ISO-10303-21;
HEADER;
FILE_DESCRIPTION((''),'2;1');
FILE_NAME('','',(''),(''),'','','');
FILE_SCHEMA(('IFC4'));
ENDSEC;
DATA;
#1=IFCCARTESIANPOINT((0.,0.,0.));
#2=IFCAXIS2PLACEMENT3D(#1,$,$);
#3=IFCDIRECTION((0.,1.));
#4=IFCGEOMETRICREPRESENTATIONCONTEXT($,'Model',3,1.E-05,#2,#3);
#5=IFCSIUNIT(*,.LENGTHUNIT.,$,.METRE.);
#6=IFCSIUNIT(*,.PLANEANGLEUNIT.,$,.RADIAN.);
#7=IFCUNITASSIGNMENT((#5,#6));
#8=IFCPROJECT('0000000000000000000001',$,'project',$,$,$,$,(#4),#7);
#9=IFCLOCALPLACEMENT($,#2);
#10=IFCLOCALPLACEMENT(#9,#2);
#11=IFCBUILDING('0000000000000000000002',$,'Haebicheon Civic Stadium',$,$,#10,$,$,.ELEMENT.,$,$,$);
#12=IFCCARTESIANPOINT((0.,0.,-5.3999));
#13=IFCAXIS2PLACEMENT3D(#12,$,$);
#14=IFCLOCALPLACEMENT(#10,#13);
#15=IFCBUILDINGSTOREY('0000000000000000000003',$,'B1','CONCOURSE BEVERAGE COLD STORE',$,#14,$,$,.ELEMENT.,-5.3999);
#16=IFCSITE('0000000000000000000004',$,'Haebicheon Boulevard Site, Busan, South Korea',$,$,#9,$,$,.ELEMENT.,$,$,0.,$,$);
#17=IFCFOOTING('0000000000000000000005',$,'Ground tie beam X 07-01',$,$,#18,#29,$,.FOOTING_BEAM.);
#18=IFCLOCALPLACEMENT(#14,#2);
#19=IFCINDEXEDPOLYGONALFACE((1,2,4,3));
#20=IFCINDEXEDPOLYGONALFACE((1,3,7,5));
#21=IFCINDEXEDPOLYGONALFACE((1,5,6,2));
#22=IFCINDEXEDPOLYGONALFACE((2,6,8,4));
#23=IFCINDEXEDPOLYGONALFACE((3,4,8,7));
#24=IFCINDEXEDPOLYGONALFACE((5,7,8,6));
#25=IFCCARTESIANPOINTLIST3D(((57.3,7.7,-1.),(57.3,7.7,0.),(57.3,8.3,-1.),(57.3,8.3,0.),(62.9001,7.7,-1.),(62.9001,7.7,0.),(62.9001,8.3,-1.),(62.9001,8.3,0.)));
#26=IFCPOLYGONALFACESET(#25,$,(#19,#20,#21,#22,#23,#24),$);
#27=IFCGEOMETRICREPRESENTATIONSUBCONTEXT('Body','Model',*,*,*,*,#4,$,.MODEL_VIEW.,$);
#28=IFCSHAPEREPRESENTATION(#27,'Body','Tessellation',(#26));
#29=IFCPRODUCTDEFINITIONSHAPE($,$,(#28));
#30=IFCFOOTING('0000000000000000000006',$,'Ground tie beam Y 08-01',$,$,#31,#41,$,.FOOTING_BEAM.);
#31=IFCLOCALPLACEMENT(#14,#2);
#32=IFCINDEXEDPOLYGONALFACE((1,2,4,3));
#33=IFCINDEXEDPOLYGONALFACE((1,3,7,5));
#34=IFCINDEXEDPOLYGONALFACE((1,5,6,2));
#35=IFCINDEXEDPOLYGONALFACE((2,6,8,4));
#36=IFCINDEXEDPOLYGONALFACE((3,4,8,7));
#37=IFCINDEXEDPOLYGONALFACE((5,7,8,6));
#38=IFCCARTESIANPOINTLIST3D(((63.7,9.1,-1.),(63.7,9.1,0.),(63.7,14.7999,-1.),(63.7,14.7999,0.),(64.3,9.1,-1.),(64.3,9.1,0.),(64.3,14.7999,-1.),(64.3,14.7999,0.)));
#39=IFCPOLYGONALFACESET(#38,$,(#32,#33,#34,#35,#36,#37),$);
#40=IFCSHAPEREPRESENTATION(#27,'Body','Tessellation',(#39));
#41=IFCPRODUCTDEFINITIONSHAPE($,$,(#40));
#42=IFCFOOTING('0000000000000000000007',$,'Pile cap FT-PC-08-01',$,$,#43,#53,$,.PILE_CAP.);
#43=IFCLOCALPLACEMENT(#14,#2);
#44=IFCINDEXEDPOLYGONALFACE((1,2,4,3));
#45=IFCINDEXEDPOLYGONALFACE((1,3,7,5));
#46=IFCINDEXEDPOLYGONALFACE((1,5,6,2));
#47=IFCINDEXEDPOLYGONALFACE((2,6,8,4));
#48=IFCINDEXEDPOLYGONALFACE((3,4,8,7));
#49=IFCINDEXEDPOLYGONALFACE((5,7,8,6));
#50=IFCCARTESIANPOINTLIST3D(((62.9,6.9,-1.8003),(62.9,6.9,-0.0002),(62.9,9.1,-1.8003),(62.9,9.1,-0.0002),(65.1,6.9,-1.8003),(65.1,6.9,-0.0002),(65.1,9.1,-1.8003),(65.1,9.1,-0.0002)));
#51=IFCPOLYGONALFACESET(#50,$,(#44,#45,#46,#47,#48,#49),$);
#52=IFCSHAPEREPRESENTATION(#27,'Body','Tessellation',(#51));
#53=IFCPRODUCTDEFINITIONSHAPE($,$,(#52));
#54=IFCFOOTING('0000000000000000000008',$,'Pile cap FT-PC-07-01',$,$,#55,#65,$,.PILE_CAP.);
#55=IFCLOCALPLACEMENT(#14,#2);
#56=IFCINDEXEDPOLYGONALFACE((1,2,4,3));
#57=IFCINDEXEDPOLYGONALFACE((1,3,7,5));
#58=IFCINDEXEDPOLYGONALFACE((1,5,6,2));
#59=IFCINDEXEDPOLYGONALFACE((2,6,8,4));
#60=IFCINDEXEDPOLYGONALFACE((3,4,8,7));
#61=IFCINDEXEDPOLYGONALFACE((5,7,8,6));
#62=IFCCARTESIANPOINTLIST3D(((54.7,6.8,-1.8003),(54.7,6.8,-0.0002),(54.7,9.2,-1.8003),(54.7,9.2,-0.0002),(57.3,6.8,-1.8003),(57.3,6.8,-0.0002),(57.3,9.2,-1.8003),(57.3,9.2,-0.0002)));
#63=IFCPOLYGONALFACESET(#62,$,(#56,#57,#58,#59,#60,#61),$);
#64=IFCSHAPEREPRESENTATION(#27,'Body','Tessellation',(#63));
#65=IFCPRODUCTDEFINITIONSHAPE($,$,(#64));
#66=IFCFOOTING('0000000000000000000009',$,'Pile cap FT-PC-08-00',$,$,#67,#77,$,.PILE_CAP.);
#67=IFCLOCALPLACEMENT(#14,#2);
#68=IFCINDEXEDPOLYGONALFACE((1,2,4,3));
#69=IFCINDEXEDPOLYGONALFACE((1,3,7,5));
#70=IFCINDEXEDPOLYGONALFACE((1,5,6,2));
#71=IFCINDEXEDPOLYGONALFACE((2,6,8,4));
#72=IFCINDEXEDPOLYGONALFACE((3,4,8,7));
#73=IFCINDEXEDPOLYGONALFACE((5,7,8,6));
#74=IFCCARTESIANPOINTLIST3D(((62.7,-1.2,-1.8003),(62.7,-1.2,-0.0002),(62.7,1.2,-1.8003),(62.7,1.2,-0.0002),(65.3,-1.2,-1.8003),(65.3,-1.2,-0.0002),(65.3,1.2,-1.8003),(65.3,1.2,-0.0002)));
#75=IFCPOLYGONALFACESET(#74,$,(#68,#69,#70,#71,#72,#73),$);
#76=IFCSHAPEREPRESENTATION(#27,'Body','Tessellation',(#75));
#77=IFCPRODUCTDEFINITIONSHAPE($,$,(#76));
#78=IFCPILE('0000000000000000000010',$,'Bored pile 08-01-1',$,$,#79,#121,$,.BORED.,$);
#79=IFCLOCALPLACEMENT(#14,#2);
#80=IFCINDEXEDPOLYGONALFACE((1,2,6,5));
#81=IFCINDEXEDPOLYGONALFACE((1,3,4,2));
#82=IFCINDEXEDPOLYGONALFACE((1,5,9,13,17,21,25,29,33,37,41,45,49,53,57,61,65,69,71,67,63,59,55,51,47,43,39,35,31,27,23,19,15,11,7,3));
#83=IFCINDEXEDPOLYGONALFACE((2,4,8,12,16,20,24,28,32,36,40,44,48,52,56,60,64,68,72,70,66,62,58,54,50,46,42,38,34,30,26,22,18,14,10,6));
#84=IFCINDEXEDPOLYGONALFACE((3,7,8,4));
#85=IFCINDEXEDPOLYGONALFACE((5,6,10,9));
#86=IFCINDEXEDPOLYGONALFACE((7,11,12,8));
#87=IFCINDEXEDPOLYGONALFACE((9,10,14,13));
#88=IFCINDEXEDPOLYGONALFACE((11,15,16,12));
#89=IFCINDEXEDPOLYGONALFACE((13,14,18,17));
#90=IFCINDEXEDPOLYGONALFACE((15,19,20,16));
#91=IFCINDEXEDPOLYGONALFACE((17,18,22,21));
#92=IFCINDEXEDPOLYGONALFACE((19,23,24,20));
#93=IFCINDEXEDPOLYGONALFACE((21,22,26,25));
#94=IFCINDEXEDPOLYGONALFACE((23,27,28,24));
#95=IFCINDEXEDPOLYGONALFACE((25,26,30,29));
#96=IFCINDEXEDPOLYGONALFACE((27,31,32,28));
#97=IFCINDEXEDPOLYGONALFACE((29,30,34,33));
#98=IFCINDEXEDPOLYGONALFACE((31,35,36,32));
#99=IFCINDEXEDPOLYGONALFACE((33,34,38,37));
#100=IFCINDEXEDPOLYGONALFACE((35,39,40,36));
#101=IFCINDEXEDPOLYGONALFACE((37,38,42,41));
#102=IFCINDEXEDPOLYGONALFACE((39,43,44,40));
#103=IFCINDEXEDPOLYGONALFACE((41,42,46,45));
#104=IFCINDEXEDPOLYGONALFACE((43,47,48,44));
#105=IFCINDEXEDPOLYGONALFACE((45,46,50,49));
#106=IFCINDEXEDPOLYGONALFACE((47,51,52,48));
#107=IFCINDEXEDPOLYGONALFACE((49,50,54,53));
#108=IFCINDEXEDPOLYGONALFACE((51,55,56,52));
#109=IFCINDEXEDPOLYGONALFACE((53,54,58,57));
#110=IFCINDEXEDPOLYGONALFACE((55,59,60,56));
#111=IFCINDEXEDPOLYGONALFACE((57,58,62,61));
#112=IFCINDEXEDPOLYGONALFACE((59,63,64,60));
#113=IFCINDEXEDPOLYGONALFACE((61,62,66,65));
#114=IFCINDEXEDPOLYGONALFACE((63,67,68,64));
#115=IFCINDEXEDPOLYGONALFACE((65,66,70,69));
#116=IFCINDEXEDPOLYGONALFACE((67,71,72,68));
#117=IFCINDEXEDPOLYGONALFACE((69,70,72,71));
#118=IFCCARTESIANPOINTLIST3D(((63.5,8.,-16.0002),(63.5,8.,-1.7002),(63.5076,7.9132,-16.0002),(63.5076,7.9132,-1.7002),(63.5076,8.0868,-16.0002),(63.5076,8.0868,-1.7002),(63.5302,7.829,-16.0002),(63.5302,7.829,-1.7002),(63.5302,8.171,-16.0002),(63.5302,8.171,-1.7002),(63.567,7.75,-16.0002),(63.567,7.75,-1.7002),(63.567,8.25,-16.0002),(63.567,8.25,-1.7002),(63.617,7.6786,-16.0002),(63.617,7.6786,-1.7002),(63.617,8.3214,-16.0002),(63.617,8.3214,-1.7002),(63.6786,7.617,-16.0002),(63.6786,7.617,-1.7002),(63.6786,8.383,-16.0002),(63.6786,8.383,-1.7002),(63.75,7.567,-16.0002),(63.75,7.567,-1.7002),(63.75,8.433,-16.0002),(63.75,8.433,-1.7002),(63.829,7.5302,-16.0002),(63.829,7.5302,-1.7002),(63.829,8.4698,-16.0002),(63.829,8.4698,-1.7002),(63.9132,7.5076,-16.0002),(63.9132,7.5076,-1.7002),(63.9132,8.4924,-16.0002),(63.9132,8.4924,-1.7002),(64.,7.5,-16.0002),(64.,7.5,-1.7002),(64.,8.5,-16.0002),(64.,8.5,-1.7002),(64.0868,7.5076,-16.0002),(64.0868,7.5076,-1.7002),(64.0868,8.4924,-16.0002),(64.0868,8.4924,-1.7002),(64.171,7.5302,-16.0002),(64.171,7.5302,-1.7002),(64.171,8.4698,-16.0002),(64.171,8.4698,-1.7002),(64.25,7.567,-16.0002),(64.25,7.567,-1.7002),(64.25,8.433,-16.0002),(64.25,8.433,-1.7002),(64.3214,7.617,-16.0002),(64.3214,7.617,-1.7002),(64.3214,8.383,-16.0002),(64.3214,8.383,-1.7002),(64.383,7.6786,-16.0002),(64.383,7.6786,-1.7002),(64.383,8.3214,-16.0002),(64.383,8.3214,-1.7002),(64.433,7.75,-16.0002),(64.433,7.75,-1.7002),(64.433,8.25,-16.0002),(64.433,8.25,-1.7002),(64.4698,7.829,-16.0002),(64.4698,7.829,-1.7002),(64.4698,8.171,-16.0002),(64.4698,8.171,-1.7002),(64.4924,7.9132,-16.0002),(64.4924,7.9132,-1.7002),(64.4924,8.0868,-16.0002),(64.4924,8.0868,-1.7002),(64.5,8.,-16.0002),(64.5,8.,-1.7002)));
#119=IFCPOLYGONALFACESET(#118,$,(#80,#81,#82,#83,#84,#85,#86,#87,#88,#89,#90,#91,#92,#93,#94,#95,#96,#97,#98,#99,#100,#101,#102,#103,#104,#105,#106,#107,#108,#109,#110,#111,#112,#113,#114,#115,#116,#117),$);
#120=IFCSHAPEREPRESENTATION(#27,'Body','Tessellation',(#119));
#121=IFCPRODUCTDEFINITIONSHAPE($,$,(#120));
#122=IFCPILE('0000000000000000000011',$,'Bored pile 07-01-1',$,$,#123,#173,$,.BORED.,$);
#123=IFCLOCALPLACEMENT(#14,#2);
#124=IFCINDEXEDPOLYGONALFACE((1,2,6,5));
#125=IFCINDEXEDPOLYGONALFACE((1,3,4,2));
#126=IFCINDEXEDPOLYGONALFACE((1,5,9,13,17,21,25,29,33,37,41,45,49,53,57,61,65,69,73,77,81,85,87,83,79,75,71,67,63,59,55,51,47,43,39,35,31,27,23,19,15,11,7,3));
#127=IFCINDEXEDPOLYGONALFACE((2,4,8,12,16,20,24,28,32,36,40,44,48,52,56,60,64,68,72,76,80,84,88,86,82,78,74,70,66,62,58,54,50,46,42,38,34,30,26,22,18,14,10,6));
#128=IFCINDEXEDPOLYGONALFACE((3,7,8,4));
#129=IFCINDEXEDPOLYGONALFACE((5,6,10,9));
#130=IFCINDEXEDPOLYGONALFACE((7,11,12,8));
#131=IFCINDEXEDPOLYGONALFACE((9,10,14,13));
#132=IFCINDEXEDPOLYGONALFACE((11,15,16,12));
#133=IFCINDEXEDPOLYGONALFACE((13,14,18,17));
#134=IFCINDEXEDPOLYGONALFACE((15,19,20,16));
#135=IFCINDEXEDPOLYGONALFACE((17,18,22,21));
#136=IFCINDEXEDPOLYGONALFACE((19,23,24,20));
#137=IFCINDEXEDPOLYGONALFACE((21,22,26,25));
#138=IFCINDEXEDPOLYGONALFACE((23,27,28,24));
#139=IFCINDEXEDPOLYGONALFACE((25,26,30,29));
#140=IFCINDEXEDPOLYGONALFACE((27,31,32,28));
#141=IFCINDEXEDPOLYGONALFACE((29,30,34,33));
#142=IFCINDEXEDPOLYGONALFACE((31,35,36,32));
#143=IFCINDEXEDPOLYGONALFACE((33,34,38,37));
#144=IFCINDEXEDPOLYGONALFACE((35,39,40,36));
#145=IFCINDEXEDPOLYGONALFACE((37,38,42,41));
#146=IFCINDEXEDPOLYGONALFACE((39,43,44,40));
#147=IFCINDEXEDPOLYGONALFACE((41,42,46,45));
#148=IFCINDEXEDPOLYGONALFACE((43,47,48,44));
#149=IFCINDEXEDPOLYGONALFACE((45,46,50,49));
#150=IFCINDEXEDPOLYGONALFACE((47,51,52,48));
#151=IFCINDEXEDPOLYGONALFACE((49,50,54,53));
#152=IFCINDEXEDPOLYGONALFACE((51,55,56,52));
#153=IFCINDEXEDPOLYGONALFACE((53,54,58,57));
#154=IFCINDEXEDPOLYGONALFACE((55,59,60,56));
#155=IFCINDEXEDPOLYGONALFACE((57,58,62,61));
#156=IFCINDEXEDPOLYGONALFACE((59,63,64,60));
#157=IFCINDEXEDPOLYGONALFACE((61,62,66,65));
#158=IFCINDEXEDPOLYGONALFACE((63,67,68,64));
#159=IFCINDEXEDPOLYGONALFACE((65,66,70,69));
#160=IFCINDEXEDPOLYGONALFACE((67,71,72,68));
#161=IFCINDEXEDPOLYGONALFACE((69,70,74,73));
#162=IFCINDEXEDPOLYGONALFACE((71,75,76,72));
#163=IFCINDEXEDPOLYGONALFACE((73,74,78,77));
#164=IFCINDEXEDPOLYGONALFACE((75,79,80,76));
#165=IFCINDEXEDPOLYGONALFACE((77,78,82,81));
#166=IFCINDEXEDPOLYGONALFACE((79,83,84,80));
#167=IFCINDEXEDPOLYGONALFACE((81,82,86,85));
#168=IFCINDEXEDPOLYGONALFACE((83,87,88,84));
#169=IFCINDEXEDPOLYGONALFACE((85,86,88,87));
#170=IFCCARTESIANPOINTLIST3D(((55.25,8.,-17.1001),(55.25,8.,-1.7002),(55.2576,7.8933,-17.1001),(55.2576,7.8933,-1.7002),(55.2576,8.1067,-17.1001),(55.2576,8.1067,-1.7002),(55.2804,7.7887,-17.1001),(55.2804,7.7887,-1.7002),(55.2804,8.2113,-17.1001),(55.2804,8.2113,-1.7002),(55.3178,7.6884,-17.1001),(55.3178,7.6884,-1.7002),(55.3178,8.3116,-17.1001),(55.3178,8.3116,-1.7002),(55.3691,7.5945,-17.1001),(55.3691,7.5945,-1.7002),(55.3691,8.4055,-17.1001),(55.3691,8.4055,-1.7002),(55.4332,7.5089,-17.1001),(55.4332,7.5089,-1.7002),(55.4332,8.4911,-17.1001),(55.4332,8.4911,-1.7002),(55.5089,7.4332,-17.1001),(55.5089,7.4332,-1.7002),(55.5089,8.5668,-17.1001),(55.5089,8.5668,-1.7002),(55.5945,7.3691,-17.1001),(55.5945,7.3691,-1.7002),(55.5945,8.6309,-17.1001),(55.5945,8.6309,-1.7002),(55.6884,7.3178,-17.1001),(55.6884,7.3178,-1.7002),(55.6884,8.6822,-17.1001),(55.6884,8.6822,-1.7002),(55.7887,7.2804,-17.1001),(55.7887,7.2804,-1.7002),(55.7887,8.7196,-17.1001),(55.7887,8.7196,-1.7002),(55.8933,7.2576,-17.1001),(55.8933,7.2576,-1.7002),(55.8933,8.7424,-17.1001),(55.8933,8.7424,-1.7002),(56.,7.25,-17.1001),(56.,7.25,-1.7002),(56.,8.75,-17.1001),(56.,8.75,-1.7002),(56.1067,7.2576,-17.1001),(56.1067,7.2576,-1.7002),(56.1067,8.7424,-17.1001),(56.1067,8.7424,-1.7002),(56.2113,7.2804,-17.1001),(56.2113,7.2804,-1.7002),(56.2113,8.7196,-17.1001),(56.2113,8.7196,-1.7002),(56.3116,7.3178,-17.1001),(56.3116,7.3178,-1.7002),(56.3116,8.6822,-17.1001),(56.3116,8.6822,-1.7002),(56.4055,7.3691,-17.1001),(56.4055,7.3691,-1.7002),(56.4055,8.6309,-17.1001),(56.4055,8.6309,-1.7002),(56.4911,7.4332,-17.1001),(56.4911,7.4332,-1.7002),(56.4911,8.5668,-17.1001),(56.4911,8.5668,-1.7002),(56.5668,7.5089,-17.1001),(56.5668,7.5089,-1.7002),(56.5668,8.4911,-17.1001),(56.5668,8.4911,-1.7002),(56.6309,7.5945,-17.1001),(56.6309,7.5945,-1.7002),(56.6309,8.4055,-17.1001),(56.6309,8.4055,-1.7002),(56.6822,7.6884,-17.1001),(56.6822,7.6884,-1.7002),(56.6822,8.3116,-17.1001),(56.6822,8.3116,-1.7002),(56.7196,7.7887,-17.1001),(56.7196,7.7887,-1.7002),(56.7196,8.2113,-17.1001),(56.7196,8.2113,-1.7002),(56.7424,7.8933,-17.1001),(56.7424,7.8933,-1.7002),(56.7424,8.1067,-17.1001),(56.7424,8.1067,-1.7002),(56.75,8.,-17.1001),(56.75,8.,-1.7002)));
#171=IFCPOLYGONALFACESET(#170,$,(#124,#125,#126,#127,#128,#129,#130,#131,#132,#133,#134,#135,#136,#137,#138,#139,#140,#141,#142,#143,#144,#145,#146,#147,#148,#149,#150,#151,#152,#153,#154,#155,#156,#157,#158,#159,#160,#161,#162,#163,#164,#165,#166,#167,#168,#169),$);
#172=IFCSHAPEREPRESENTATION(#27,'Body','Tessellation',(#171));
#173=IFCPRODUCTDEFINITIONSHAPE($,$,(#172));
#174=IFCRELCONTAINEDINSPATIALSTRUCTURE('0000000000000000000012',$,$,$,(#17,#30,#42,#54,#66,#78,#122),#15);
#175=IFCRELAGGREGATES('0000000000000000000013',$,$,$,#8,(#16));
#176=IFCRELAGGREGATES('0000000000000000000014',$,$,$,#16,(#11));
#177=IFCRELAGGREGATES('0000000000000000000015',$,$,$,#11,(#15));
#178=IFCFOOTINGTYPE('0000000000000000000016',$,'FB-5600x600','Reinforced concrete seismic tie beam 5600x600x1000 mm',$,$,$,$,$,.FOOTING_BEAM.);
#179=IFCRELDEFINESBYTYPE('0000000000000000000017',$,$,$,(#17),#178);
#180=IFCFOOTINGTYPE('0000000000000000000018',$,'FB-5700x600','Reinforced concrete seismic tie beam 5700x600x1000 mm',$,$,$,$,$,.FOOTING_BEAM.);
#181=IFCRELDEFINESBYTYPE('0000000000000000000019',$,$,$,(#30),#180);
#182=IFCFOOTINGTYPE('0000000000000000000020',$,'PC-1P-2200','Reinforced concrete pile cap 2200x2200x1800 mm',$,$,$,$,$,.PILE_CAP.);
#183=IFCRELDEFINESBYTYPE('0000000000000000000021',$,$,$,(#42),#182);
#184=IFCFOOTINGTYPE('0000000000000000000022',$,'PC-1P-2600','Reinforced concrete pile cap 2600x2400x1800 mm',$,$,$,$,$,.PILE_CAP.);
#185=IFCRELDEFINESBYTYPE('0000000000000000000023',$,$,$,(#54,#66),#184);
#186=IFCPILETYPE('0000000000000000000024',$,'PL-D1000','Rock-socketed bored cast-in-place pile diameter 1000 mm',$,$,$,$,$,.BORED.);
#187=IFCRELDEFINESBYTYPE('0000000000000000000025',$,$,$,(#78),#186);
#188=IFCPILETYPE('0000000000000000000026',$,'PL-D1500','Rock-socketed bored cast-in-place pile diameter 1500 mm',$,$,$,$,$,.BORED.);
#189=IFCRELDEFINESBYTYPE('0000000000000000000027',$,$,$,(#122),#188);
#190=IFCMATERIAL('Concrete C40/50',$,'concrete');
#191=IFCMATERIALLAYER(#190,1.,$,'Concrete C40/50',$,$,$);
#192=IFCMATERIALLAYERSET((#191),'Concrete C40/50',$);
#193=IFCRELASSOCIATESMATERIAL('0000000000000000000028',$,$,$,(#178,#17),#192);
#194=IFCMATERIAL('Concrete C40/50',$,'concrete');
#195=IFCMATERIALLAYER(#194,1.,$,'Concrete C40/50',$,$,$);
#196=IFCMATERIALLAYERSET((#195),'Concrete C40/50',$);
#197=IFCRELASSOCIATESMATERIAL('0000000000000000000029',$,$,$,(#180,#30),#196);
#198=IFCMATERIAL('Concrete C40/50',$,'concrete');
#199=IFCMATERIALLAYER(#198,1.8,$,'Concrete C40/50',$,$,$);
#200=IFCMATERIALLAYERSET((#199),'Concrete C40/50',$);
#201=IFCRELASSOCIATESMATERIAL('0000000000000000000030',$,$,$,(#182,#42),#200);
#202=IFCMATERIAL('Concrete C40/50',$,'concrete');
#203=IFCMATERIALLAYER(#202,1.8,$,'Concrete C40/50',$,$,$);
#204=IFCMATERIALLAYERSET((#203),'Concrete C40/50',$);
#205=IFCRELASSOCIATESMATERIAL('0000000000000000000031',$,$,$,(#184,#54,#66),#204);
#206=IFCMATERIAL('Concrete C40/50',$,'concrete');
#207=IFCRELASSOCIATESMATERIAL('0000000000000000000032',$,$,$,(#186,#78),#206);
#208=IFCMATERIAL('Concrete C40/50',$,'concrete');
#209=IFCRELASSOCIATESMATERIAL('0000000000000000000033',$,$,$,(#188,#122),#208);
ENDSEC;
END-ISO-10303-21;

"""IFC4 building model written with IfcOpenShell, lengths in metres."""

from ifc_helpers import new_model, si_unit, direction, frame, origin, origin_2d, place, context, subcontext, project, spatial, rectangle, circle, extrude, material, layer, layer_set, material_profile, profile_set, type_object, element, save


model = new_model("IFC4")

# Units and contexts
model_context = context("Model", 3, precision=1e-05, world=origin(), true_north=direction((0.0, 1.0)))
body_context = subcontext(model_context, "Body", "Model", "MODEL_VIEW")
ifc_project = project(units=[si_unit("LENGTHUNIT", "METRE"), si_unit("PLANEANGLEUNIT", "RADIAN")], contexts=[model_context])

# Site, building, storey
site_placement = place(None, origin())
site = spatial("IfcSite", under=ifc_project, at=site_placement, Name="Haebicheon Boulevard Site, Busan, South Korea", CompositionType="ELEMENT", RefElevation=0.0)
building_placement = place(site_placement, origin())
building = spatial("IfcBuilding", under=site, at=building_placement, Name="Haebicheon Civic Stadium", CompositionType="ELEMENT")
storey_placement = place(building_placement, frame((0.0, 0.0, -5.3999)))
storey = spatial("IfcBuildingStorey", under=building, at=storey_placement, Name="B1", Description="CONCOURSE BEVERAGE COLD STORE", CompositionType="ELEMENT", Elevation=-5.3999)

# Footings
ifc_material_1 = material(Name="Concrete C40/50", Category="concrete")
ifc_layer_1 = layer(ifc_material_1, 1.0, Name="Concrete C40/50")
ifc_layer_set_1 = layer_set([ifc_layer_1], Name="Concrete C40/50")
footing_type_1 = type_object("IfcFootingType", Name="FB-5600x600", Description="Reinforced concrete seismic tie beam 5600x600x1000 mm", PredefinedType="FOOTING_BEAM", material=ifc_layer_set_1)
footing_1_placement = place(storey_placement, frame((60.1001, 8.0, -1.0), z_axis=(0.0, 0.0, 1.0), x_axis=(1.0, 0.0, 0.0)))
element("IfcFooting", 1, at=footing_1_placement, inside=storey, type_object=footing_type_1, material=ifc_layer_set_1, Name="Ground tie beam X 07-01", PredefinedType="FOOTING_BEAM", context=body_context, shape_type="SweptSolid", body=[
    extrude(rectangle(XDim=5.6001, YDim=0.6001, at=origin_2d()), origin(), (0.0, 0.0, 1.0), 1.0),
])
ifc_material_2 = material(Name="Concrete C40/50", Category="concrete")
ifc_layer_2 = layer(ifc_material_2, 1.0, Name="Concrete C40/50")
ifc_layer_set_2 = layer_set([ifc_layer_2], Name="Concrete C40/50")
footing_type_2 = type_object("IfcFootingType", Name="FB-5700x600", Description="Reinforced concrete seismic tie beam 5700x600x1000 mm", PredefinedType="FOOTING_BEAM", material=ifc_layer_set_2)
footing_2_placement = place(storey_placement, frame((64.0, 11.95, -1.0), z_axis=(0.0, 0.0, 1.0), x_axis=(0.0, 1.0, 0.0)))
element("IfcFooting", 2, at=footing_2_placement, inside=storey, type_object=footing_type_2, material=ifc_layer_set_2, Name="Ground tie beam Y 08-01", PredefinedType="FOOTING_BEAM", context=body_context, shape_type="SweptSolid", body=[
    extrude(rectangle(XDim=5.7, YDim=0.6001, at=origin_2d()), origin(), (0.0, 0.0, 1.0), 1.0),
])
ifc_material_3 = material(Name="Concrete C40/50", Category="concrete")
ifc_layer_3 = layer(ifc_material_3, 1.8, Name="Concrete C40/50")
ifc_layer_set_3 = layer_set([ifc_layer_3], Name="Concrete C40/50")
footing_type_3 = type_object("IfcFootingType", Name="PC-1P-2200", Description="Reinforced concrete pile cap 2200x2200x1800 mm", PredefinedType="PILE_CAP", material=ifc_layer_set_3)
footing_3_placement = place(storey_placement, frame((64.0, 8.0, -1.8003), z_axis=(0.0, 0.0, 1.0), x_axis=(1.0, 0.0, 0.0)))
element("IfcFooting", 3, at=footing_3_placement, inside=storey, type_object=footing_type_3, material=ifc_layer_set_3, Name="Pile cap FT-PC-08-01", PredefinedType="PILE_CAP", context=body_context, shape_type="SweptSolid", body=[
    extrude(rectangle(XDim=2.2, YDim=2.2, at=origin_2d()), origin(), (0.0, 0.0, 1.0), 1.8),
])
ifc_material_4 = material(Name="Concrete C40/50", Category="concrete")
ifc_layer_4 = layer(ifc_material_4, 1.8, Name="Concrete C40/50")
ifc_layer_set_4 = layer_set([ifc_layer_4], Name="Concrete C40/50")
footing_type_4 = type_object("IfcFootingType", Name="PC-1P-2600", Description="Reinforced concrete pile cap 2600x2400x1800 mm", PredefinedType="PILE_CAP", material=ifc_layer_set_4)
for number, where, z_axis, x_axis, name in (
    (4, (56.0, 8.0, -1.8003), (0.0, 0.0, 1.0), (1.0, 0.0, 0.0), "Pile cap FT-PC-07-01"),
    (5, (64.0, 0.0, -1.8003), (0.0, 0.0, 1.0), (1.0, 0.0, 0.0), "Pile cap FT-PC-08-00"),
):
    element("IfcFooting", number, at=place(storey_placement, frame(where, z_axis=z_axis, x_axis=x_axis)), inside=storey, type_object=footing_type_4, material=ifc_layer_set_4, Name=name, PredefinedType="PILE_CAP", context=body_context, shape_type="SweptSolid", body=[
        extrude(rectangle(XDim=2.6001, YDim=2.3999, at=origin_2d()), origin(), (0.0, 0.0, 1.0), 1.8),
    ])

# Piles
ifc_material_5 = material(Name="Concrete C40/50", Category="concrete")
ifc_material_profile_1 = material_profile(ifc_material_5, circle(Radius=0.5, at=origin_2d()), Name="PILE-D1000")
ifc_profile_set_1 = profile_set([ifc_material_profile_1], Name="Concrete C40/50")
pile_type_1 = type_object("IfcPileType", Name="PL-D1000", Description="Rock-socketed bored cast-in-place pile diameter 1000 mm", PredefinedType="BORED", material=ifc_profile_set_1)
pile_placement = place(storey_placement, frame((64.0, 8.0, -1.7002), z_axis=(0.0, 0.0, -1.0), x_axis=(1.0, 0.0, 0.0)))
element("IfcPile", 6, at=pile_placement, inside=storey, type_object=pile_type_1, material=ifc_profile_set_1, Name="Bored pile 08-01-1", PredefinedType="BORED", context=body_context, shape_type="SweptSolid", body=[
    extrude(circle(Radius=0.5, at=origin_2d()), origin(), (0.0, 0.0, 1.0), 14.3),
])
ifc_material_6 = material(Name="Concrete C40/50", Category="concrete")
ifc_material_profile_2 = material_profile(ifc_material_6, circle(Radius=0.75, at=origin_2d()), Name="PILE-D1500")
ifc_profile_set_2 = profile_set([ifc_material_profile_2], Name="Concrete C40/50")
pile_type_2 = type_object("IfcPileType", Name="PL-D1500", Description="Rock-socketed bored cast-in-place pile diameter 1500 mm", PredefinedType="BORED", material=ifc_profile_set_2)
for number, where, z_axis, x_axis, name in (
    (7, (56.0, 8.0, -1.7002), (0.0, 0.0, -1.0), (1.0, 0.0, 0.0), "Bored pile 07-01-1"),
):
    element("IfcPile", number, at=place(storey_placement, frame(where, z_axis=z_axis, x_axis=x_axis)), inside=storey, type_object=pile_type_2, material=ifc_profile_set_2, Name=name, PredefinedType="BORED", context=body_context, shape_type="SweptSolid", body=[
        extrude(circle(Radius=0.75, at=origin_2d()), origin(), (0.0, 0.0, 1.0), 15.3999),
    ])

save(model, "model.ifc")
